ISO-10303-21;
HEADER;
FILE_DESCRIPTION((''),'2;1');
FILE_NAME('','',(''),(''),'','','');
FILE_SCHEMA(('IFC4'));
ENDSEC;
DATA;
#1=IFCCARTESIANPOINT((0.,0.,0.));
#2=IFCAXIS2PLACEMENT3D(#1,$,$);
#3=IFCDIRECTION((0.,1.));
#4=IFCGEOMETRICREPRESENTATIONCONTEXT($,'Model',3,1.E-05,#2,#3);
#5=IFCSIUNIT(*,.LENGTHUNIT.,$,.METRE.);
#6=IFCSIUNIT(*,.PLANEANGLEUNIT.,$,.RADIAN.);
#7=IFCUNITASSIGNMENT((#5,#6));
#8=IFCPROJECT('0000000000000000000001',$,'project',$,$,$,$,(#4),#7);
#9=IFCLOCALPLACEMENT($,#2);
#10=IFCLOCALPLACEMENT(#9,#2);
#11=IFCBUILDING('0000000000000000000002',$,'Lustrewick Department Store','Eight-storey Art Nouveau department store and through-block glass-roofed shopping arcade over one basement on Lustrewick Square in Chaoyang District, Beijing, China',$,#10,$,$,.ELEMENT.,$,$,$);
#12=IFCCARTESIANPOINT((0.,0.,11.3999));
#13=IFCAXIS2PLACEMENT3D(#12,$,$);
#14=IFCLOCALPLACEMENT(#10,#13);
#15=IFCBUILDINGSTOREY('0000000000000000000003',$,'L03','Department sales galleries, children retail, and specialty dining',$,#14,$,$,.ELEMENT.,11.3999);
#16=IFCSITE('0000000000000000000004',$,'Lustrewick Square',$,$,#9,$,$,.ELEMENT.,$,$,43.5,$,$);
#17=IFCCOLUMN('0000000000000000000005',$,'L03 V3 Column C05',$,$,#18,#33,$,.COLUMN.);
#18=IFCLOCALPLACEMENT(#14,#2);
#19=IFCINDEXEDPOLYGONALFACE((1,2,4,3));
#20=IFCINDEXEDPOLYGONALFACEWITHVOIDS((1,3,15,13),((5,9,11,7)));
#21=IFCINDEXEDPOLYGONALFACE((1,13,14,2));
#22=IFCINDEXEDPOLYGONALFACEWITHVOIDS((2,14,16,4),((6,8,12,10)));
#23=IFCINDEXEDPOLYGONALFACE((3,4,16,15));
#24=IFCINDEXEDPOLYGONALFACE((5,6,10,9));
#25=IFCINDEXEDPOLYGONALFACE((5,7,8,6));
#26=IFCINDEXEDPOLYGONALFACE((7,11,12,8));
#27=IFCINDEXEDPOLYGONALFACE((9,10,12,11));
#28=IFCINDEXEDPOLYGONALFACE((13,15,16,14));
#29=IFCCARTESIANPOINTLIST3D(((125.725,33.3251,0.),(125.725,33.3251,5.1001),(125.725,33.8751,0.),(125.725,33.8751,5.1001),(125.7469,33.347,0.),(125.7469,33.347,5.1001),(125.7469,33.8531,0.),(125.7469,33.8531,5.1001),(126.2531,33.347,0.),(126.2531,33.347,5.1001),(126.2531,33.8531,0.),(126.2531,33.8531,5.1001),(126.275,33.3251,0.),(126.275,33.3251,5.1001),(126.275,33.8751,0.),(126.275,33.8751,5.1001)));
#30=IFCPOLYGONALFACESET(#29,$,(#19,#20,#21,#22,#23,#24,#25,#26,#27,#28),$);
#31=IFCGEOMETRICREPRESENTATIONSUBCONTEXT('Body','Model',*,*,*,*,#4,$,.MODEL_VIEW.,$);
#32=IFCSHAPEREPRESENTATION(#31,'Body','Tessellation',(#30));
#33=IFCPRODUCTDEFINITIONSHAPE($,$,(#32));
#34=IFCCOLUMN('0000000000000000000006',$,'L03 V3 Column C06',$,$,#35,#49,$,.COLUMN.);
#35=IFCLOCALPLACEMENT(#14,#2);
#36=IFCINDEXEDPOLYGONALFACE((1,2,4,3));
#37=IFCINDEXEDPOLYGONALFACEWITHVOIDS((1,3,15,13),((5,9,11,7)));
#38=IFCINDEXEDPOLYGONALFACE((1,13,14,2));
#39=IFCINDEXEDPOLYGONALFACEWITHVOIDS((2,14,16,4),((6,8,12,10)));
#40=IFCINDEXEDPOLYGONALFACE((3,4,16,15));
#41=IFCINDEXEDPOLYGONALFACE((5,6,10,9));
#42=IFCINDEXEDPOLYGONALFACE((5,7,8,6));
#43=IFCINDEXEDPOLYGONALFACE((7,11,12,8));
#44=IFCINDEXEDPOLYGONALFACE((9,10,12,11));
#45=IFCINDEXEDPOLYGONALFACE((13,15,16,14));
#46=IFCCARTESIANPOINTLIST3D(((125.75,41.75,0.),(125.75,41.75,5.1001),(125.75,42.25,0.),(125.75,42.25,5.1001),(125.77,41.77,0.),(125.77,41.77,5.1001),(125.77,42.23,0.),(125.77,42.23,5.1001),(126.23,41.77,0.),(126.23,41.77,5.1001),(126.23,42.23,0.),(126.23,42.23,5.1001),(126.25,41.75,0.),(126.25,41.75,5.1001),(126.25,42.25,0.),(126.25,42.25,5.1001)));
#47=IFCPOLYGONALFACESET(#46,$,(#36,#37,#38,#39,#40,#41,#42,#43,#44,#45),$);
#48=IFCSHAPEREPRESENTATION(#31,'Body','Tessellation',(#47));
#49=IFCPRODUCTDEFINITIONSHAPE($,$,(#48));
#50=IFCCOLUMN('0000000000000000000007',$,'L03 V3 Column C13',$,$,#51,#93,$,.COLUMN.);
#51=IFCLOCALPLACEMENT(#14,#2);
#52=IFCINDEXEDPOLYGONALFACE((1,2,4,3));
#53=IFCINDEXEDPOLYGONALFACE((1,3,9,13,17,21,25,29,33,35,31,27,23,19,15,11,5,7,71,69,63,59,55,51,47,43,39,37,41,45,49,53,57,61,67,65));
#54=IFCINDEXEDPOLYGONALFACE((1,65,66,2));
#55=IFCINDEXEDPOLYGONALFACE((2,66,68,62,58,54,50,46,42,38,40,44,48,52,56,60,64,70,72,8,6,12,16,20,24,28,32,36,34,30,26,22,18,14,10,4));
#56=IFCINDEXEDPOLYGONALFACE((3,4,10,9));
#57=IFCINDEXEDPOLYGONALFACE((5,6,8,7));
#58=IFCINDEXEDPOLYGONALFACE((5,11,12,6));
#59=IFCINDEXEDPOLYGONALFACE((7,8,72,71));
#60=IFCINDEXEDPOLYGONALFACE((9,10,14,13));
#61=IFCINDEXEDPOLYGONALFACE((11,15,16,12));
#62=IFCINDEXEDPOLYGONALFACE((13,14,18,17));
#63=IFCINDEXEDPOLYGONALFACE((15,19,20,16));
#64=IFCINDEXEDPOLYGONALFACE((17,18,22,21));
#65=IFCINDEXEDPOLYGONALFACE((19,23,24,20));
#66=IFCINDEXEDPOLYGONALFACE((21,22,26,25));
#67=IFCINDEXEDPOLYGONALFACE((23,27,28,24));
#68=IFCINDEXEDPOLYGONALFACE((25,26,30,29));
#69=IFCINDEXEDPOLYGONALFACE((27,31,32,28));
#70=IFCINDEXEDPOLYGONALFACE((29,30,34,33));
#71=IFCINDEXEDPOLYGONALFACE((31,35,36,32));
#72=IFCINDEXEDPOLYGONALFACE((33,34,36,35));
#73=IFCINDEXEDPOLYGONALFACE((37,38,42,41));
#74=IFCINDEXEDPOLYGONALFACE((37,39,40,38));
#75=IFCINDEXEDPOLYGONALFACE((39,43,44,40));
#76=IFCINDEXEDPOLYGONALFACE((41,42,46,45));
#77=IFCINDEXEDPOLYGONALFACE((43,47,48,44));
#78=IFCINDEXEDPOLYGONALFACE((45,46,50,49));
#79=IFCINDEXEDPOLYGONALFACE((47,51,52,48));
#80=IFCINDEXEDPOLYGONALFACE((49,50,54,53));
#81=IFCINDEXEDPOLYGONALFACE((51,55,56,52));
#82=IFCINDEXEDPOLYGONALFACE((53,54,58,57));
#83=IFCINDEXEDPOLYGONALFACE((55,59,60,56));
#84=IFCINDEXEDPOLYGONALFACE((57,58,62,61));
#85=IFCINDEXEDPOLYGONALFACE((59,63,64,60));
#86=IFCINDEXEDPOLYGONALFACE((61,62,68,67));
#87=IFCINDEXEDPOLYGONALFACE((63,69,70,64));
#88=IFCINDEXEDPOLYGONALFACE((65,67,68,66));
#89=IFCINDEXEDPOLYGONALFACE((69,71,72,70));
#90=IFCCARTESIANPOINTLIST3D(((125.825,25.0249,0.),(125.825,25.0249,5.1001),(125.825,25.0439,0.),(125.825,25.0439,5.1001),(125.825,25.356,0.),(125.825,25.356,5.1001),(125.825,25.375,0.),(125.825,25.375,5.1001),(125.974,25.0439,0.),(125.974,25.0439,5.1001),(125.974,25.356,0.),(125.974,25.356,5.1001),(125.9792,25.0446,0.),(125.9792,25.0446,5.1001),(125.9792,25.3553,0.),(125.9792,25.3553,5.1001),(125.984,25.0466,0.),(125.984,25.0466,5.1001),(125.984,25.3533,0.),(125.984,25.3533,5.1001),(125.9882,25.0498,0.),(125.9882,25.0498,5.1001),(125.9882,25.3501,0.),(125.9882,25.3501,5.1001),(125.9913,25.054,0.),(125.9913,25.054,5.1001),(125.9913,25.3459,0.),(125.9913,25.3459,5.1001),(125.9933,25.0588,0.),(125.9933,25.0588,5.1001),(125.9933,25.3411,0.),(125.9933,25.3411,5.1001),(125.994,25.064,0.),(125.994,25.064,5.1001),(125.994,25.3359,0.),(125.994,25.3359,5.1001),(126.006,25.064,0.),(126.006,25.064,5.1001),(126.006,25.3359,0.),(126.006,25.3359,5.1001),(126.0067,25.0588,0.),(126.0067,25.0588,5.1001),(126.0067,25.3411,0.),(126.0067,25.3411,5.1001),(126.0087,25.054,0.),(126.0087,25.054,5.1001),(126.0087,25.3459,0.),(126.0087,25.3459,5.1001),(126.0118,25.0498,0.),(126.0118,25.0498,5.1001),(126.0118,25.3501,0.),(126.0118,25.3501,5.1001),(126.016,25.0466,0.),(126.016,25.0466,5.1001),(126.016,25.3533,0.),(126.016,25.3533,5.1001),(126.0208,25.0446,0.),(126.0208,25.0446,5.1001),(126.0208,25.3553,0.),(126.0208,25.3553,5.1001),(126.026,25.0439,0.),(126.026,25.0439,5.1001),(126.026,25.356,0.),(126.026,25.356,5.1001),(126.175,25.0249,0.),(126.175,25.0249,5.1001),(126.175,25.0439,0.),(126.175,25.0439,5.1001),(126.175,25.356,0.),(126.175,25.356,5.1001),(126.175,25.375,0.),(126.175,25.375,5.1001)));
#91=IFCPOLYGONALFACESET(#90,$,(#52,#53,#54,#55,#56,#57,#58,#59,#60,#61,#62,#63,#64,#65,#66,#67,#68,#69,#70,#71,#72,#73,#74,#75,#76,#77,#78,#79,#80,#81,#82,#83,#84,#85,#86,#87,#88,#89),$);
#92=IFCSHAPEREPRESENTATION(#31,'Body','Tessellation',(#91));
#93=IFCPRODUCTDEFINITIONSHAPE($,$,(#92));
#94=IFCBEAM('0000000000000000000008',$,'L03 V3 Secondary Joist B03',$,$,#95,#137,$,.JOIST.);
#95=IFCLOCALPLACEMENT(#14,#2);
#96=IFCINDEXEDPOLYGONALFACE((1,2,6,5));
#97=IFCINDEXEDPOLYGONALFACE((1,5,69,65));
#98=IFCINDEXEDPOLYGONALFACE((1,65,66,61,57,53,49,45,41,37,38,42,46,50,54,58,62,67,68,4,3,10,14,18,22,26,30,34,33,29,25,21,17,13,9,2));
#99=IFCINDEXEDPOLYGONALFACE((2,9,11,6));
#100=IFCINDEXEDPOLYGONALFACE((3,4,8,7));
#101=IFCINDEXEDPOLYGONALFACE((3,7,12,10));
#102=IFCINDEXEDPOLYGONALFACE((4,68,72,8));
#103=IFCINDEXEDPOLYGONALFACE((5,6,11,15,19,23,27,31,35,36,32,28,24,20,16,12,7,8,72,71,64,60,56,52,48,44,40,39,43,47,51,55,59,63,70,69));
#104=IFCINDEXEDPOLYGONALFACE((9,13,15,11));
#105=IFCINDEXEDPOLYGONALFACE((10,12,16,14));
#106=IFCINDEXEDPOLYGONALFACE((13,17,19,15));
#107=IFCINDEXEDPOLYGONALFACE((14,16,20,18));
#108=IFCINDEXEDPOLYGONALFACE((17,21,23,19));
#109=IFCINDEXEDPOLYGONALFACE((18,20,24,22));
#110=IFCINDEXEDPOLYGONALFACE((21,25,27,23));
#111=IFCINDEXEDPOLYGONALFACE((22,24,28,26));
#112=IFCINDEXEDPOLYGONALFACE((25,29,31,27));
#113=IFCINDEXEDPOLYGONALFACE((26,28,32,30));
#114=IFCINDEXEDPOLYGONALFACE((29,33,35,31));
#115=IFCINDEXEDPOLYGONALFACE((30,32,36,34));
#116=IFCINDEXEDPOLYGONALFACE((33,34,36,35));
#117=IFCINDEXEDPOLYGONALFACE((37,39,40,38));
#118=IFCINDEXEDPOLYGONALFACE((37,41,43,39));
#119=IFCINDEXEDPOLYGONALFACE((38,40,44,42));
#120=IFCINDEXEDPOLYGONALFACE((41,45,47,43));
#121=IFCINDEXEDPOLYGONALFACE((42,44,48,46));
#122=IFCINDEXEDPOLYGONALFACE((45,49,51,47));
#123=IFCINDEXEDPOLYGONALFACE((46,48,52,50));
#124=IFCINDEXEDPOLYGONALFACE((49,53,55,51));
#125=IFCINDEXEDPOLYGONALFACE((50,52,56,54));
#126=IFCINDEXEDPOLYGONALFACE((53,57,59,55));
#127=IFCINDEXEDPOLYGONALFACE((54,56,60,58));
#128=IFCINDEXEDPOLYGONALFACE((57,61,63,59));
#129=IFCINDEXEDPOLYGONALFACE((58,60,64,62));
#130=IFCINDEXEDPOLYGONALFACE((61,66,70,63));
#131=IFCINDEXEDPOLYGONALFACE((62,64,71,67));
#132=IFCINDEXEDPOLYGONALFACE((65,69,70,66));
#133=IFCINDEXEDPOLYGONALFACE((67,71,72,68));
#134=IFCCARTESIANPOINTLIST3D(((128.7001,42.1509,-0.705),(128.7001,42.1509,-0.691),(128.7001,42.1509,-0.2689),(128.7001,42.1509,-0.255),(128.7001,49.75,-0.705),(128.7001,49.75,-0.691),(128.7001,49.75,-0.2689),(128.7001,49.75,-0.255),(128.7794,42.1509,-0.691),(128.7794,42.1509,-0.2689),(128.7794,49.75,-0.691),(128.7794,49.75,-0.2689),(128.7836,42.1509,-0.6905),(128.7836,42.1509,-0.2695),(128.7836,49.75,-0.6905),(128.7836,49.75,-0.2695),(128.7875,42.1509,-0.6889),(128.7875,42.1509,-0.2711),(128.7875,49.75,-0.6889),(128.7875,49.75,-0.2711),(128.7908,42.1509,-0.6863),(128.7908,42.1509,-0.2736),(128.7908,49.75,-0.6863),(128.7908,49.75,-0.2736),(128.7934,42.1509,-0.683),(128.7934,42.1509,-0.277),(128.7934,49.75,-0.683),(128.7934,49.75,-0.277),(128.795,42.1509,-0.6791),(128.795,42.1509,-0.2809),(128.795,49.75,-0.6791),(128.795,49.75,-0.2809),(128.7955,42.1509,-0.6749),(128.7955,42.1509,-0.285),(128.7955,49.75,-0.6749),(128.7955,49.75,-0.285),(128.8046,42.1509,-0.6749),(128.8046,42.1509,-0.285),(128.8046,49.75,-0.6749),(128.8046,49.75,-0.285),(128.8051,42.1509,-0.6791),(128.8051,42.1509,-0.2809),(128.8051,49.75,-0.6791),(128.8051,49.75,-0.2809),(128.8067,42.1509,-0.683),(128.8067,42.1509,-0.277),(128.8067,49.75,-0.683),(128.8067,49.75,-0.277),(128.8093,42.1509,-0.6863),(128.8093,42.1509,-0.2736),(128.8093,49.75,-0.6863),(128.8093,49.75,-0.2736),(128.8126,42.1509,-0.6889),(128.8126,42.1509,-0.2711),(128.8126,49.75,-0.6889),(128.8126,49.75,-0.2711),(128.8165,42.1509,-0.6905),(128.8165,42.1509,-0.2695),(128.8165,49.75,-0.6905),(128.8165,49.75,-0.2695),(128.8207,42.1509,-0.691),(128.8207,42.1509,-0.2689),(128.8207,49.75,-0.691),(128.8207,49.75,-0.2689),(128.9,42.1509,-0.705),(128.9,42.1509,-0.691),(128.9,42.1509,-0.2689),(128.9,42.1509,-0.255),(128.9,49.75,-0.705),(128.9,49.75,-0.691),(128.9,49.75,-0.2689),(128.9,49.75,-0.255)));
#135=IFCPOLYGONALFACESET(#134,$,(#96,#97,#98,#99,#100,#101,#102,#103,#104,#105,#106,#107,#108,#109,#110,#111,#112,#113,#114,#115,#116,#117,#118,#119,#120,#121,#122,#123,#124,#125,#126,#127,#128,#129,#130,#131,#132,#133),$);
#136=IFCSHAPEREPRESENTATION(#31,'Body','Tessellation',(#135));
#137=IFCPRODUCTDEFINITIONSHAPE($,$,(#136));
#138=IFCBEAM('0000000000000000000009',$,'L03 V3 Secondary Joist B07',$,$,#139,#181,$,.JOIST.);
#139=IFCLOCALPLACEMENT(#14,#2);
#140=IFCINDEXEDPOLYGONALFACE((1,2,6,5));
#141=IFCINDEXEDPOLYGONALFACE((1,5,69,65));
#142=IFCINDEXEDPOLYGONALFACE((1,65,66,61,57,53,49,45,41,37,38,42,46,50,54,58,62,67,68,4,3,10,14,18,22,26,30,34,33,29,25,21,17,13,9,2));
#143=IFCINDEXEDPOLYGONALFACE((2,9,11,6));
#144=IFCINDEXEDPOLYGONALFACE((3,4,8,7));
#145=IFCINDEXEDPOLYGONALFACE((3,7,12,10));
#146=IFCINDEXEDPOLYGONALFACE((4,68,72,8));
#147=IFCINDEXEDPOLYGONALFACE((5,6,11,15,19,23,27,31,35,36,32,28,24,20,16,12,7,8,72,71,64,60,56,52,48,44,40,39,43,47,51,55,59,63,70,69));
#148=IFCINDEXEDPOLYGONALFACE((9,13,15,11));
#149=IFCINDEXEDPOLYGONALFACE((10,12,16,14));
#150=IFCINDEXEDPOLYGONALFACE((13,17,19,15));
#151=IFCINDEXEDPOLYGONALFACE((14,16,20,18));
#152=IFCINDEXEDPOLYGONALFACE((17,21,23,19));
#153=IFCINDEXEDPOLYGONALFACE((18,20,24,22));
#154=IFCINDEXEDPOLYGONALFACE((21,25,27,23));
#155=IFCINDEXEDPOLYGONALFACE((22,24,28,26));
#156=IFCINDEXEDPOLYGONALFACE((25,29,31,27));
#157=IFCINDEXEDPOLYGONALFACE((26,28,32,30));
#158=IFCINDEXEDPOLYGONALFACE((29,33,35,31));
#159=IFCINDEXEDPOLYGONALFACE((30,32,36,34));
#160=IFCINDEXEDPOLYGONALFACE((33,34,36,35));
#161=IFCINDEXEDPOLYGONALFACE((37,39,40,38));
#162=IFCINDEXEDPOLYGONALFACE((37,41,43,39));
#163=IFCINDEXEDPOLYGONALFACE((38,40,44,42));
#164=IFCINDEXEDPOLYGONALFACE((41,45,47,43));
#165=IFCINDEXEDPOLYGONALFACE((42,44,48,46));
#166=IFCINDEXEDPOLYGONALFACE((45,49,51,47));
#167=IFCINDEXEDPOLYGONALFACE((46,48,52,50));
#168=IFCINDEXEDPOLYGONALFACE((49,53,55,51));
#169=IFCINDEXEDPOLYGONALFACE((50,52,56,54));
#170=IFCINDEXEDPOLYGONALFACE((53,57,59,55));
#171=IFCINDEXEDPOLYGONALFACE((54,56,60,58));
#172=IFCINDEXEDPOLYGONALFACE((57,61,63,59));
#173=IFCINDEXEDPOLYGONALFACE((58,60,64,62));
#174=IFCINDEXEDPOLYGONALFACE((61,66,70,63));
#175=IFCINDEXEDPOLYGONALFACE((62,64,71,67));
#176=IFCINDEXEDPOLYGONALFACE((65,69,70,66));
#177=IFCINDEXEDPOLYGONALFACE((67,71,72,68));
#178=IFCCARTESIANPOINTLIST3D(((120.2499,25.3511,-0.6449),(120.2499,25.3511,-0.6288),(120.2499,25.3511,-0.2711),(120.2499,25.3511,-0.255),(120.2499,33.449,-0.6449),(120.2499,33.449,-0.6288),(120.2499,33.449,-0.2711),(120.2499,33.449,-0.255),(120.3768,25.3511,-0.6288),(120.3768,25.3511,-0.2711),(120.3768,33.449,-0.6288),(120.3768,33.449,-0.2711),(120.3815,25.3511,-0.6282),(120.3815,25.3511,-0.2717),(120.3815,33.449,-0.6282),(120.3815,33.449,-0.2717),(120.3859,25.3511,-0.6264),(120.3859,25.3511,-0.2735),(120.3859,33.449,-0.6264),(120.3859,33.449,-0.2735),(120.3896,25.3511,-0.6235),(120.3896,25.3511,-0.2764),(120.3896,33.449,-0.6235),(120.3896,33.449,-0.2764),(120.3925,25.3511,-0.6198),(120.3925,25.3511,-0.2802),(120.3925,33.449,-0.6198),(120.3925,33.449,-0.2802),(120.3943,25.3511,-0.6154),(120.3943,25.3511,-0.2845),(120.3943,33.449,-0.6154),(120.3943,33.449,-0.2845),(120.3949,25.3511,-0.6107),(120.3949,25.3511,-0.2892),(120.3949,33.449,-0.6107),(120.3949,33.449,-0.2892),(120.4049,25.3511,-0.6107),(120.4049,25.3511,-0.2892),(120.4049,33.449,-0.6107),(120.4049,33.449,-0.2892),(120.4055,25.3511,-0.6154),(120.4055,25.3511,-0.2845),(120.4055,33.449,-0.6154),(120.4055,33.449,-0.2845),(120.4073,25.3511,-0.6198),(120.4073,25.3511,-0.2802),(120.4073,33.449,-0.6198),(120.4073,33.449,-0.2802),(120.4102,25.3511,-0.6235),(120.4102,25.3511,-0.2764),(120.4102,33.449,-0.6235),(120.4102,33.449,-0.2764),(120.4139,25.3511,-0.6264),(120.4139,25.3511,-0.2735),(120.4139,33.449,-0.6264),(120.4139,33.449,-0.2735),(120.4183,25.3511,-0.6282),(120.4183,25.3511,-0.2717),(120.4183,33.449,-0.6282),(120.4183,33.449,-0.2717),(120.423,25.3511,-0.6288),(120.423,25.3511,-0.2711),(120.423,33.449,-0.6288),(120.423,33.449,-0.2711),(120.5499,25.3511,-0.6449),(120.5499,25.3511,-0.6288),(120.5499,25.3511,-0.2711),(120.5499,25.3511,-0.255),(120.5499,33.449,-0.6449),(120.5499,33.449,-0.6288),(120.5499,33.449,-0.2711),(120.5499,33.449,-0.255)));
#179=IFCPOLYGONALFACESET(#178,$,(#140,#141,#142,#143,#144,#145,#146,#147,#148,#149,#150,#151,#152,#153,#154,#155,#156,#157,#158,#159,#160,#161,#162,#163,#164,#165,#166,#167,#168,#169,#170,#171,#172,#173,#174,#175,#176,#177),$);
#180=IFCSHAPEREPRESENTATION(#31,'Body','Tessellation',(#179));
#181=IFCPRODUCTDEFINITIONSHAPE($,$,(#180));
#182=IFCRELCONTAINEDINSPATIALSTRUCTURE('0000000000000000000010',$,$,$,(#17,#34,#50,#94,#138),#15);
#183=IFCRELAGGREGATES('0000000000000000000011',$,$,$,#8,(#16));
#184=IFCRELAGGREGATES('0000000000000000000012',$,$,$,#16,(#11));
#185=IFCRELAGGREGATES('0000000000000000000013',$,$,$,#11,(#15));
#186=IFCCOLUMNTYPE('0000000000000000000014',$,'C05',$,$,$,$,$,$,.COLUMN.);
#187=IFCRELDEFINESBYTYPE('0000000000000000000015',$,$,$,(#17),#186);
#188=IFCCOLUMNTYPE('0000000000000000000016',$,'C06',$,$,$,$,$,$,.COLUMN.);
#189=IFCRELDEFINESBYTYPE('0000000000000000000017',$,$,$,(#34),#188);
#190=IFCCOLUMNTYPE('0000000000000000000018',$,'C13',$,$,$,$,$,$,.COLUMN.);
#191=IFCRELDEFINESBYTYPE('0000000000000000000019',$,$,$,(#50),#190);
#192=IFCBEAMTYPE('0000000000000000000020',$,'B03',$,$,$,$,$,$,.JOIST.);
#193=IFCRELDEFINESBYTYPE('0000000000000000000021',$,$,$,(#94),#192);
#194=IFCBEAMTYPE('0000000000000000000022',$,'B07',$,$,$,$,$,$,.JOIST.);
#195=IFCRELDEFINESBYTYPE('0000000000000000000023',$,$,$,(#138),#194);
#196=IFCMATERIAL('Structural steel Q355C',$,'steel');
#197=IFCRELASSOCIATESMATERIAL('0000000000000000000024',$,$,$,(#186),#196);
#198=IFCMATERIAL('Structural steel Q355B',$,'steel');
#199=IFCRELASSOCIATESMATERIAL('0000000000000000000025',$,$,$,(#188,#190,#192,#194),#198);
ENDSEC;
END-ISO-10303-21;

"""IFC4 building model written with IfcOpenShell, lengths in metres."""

from ifc_helpers import new_model, si_unit, direction, frame, origin, origin_2d, place, context, subcontext, project, spatial, hollow_rectangle, i_section, extrude, material, material_profile, profile_set, type_object, element, save


model = new_model("IFC4")

# Units and contexts
model_context = context("Model", 3, precision=1e-05, world=origin(), true_north=direction((0.0, 1.0)))
body_context = subcontext(model_context, "Body", "Model", "MODEL_VIEW")
ifc_project = project(units=[si_unit("LENGTHUNIT", "METRE"), si_unit("PLANEANGLEUNIT", "RADIAN")], contexts=[model_context])

# Site, building, storey
site_placement = place(None, origin())
site = spatial("IfcSite", under=ifc_project, at=site_placement, Name="Lustrewick Square", CompositionType="ELEMENT", RefElevation=43.5)
building_placement = place(site_placement, origin())
building = spatial("IfcBuilding", under=site, at=building_placement, Name="Lustrewick Department Store", Description="Eight-storey Art Nouveau department store and through-block glass-roofed shopping arcade over one basement on Lustrewick Square in Chaoyang District, Beijing, China", CompositionType="ELEMENT")
storey_placement = place(building_placement, frame((0.0, 0.0, 11.3999)))
storey = spatial("IfcBuildingStorey", under=building, at=storey_placement, Name="L03", Description="Department sales galleries, children retail, and specialty dining", CompositionType="ELEMENT", Elevation=11.3999)

# Columns
ifc_material_1 = material(Name="Structural steel Q355C", Category="steel")
ifc_material_profile_1 = material_profile(ifc_material_1, hollow_rectangle(XDim=0.55, YDim=0.55, WallThickness=0.022, at=origin_2d()), Name="BOX 550x550x22")
ifc_profile_set_1 = profile_set([ifc_material_profile_1], Name="Structural steel Q355C")
column_type_1 = type_object("IfcColumnType", Name="C05", PredefinedType="COLUMN", material=ifc_profile_set_1)
column_1_placement = place(storey_placement, frame((126.0, 33.6001, 0.0), z_axis=(0.0, 0.0, 1.0), x_axis=(1.0, 0.0, 0.0)))
element("IfcColumn", 1, at=column_1_placement, inside=storey, type_object=column_type_1, Name="L03 V3 Column C05", PredefinedType="COLUMN", context=body_context, shape_type="SweptSolid", body=[
    extrude(hollow_rectangle(XDim=0.55, YDim=0.55, WallThickness=0.022, at=origin_2d()), origin(), (0.0, 0.0, 1.0), 5.1001),
])
ifc_material_2 = material(Name="Structural steel Q355B", Category="steel")
ifc_material_profile_2 = material_profile(ifc_material_2, hollow_rectangle(XDim=0.5, YDim=0.5, WallThickness=0.02, at=origin_2d()), Name="BOX 500x500x20")
ifc_profile_set_2 = profile_set([ifc_material_profile_2], Name="Structural steel Q355B")
column_type_2 = type_object("IfcColumnType", Name="C06", PredefinedType="COLUMN", material=ifc_profile_set_2)
column_2_placement = place(storey_placement, frame((126.0, 42.0, 0.0), z_axis=(0.0, 0.0, 1.0), x_axis=(1.0, 0.0, 0.0)))
element("IfcColumn", 2, at=column_2_placement, inside=storey, type_object=column_type_2, Name="L03 V3 Column C06", PredefinedType="COLUMN", context=body_context, shape_type="SweptSolid", body=[
    extrude(hollow_rectangle(XDim=0.5, YDim=0.5, WallThickness=0.02, at=origin_2d()), origin(), (0.0, 0.0, 1.0), 5.1001),
])
ifc_material_profile_3 = material_profile(ifc_material_2, i_section(OverallWidth=0.3501, OverallDepth=0.3501, WebThickness=0.012, FlangeThickness=0.019, FilletRadius=0.02, at=origin_2d()), Name="HW 350x350x12x19")
ifc_profile_set_3 = profile_set([ifc_material_profile_3], Name="Structural steel Q355B")
column_type_3 = type_object("IfcColumnType", Name="C13", PredefinedType="COLUMN", material=ifc_profile_set_3)
column_3_placement = place(storey_placement, frame((126.0, 25.2, 0.0), z_axis=(0.0, 0.0, 1.0), x_axis=(1.0, 0.0, 0.0)))
element("IfcColumn", 3, at=column_3_placement, inside=storey, type_object=column_type_3, Name="L03 V3 Column C13", PredefinedType="COLUMN", context=body_context, shape_type="SweptSolid", body=[
    extrude(i_section(OverallWidth=0.3501, OverallDepth=0.3501, WebThickness=0.012, FlangeThickness=0.019, FilletRadius=0.02, at=origin_2d()), origin(), (0.0, 0.0, 1.0), 5.1001),
])

# Beams
ifc_material_profile_4 = material_profile(ifc_material_2, i_section(OverallWidth=0.2, OverallDepth=0.45, WebThickness=0.009, FlangeThickness=0.0139, FilletRadius=0.0161, at=origin_2d()), Name="HN 450x200x9x14")
ifc_profile_set_4 = profile_set([ifc_material_profile_4], Name="Structural steel Q355B")
beam_type_1 = type_object("IfcBeamType", Name="B03", PredefinedType="JOIST", material=ifc_profile_set_4)
beam_1_placement = place(storey_placement, frame((128.8, 42.1509, -0.48), z_axis=(0.0, 1.0, 0.0), x_axis=(-1.0, 0.0, 0.0)))
element("IfcBeam", 4, at=beam_1_placement, inside=storey, type_object=beam_type_1, Name="L03 V3 Secondary Joist B03", PredefinedType="JOIST", context=body_context, shape_type="SweptSolid", body=[
    extrude(i_section(OverallWidth=0.2, OverallDepth=0.45, WebThickness=0.009, FlangeThickness=0.0139, FilletRadius=0.0161, at=origin_2d()), origin(), (0.0, 0.0, 1.0), 7.5991),
])
ifc_material_profile_5 = material_profile(ifc_material_2, i_section(OverallWidth=0.3, OverallDepth=0.3899, WebThickness=0.01, FlangeThickness=0.0161, FilletRadius=0.0181, at=origin_2d()), Name="HM 390x300x10x16")
ifc_profile_set_5 = profile_set([ifc_material_profile_5], Name="Structural steel Q355B")
beam_type_2 = type_object("IfcBeamType", Name="B07", PredefinedType="JOIST", material=ifc_profile_set_5)
beam_2_placement = place(storey_placement, frame((120.3999, 25.3511, -0.45), z_axis=(0.0, 1.0, 0.0), x_axis=(-1.0, 0.0, 0.0)))
element("IfcBeam", 5, at=beam_2_placement, inside=storey, type_object=beam_type_2, Name="L03 V3 Secondary Joist B07", PredefinedType="JOIST", context=body_context, shape_type="SweptSolid", body=[
    extrude(i_section(OverallWidth=0.3, OverallDepth=0.3899, WebThickness=0.01, FlangeThickness=0.0161, FilletRadius=0.0181, at=origin_2d()), origin(), (0.0, 0.0, 1.0), 8.0979),
])

save(model, "model.ifc")
